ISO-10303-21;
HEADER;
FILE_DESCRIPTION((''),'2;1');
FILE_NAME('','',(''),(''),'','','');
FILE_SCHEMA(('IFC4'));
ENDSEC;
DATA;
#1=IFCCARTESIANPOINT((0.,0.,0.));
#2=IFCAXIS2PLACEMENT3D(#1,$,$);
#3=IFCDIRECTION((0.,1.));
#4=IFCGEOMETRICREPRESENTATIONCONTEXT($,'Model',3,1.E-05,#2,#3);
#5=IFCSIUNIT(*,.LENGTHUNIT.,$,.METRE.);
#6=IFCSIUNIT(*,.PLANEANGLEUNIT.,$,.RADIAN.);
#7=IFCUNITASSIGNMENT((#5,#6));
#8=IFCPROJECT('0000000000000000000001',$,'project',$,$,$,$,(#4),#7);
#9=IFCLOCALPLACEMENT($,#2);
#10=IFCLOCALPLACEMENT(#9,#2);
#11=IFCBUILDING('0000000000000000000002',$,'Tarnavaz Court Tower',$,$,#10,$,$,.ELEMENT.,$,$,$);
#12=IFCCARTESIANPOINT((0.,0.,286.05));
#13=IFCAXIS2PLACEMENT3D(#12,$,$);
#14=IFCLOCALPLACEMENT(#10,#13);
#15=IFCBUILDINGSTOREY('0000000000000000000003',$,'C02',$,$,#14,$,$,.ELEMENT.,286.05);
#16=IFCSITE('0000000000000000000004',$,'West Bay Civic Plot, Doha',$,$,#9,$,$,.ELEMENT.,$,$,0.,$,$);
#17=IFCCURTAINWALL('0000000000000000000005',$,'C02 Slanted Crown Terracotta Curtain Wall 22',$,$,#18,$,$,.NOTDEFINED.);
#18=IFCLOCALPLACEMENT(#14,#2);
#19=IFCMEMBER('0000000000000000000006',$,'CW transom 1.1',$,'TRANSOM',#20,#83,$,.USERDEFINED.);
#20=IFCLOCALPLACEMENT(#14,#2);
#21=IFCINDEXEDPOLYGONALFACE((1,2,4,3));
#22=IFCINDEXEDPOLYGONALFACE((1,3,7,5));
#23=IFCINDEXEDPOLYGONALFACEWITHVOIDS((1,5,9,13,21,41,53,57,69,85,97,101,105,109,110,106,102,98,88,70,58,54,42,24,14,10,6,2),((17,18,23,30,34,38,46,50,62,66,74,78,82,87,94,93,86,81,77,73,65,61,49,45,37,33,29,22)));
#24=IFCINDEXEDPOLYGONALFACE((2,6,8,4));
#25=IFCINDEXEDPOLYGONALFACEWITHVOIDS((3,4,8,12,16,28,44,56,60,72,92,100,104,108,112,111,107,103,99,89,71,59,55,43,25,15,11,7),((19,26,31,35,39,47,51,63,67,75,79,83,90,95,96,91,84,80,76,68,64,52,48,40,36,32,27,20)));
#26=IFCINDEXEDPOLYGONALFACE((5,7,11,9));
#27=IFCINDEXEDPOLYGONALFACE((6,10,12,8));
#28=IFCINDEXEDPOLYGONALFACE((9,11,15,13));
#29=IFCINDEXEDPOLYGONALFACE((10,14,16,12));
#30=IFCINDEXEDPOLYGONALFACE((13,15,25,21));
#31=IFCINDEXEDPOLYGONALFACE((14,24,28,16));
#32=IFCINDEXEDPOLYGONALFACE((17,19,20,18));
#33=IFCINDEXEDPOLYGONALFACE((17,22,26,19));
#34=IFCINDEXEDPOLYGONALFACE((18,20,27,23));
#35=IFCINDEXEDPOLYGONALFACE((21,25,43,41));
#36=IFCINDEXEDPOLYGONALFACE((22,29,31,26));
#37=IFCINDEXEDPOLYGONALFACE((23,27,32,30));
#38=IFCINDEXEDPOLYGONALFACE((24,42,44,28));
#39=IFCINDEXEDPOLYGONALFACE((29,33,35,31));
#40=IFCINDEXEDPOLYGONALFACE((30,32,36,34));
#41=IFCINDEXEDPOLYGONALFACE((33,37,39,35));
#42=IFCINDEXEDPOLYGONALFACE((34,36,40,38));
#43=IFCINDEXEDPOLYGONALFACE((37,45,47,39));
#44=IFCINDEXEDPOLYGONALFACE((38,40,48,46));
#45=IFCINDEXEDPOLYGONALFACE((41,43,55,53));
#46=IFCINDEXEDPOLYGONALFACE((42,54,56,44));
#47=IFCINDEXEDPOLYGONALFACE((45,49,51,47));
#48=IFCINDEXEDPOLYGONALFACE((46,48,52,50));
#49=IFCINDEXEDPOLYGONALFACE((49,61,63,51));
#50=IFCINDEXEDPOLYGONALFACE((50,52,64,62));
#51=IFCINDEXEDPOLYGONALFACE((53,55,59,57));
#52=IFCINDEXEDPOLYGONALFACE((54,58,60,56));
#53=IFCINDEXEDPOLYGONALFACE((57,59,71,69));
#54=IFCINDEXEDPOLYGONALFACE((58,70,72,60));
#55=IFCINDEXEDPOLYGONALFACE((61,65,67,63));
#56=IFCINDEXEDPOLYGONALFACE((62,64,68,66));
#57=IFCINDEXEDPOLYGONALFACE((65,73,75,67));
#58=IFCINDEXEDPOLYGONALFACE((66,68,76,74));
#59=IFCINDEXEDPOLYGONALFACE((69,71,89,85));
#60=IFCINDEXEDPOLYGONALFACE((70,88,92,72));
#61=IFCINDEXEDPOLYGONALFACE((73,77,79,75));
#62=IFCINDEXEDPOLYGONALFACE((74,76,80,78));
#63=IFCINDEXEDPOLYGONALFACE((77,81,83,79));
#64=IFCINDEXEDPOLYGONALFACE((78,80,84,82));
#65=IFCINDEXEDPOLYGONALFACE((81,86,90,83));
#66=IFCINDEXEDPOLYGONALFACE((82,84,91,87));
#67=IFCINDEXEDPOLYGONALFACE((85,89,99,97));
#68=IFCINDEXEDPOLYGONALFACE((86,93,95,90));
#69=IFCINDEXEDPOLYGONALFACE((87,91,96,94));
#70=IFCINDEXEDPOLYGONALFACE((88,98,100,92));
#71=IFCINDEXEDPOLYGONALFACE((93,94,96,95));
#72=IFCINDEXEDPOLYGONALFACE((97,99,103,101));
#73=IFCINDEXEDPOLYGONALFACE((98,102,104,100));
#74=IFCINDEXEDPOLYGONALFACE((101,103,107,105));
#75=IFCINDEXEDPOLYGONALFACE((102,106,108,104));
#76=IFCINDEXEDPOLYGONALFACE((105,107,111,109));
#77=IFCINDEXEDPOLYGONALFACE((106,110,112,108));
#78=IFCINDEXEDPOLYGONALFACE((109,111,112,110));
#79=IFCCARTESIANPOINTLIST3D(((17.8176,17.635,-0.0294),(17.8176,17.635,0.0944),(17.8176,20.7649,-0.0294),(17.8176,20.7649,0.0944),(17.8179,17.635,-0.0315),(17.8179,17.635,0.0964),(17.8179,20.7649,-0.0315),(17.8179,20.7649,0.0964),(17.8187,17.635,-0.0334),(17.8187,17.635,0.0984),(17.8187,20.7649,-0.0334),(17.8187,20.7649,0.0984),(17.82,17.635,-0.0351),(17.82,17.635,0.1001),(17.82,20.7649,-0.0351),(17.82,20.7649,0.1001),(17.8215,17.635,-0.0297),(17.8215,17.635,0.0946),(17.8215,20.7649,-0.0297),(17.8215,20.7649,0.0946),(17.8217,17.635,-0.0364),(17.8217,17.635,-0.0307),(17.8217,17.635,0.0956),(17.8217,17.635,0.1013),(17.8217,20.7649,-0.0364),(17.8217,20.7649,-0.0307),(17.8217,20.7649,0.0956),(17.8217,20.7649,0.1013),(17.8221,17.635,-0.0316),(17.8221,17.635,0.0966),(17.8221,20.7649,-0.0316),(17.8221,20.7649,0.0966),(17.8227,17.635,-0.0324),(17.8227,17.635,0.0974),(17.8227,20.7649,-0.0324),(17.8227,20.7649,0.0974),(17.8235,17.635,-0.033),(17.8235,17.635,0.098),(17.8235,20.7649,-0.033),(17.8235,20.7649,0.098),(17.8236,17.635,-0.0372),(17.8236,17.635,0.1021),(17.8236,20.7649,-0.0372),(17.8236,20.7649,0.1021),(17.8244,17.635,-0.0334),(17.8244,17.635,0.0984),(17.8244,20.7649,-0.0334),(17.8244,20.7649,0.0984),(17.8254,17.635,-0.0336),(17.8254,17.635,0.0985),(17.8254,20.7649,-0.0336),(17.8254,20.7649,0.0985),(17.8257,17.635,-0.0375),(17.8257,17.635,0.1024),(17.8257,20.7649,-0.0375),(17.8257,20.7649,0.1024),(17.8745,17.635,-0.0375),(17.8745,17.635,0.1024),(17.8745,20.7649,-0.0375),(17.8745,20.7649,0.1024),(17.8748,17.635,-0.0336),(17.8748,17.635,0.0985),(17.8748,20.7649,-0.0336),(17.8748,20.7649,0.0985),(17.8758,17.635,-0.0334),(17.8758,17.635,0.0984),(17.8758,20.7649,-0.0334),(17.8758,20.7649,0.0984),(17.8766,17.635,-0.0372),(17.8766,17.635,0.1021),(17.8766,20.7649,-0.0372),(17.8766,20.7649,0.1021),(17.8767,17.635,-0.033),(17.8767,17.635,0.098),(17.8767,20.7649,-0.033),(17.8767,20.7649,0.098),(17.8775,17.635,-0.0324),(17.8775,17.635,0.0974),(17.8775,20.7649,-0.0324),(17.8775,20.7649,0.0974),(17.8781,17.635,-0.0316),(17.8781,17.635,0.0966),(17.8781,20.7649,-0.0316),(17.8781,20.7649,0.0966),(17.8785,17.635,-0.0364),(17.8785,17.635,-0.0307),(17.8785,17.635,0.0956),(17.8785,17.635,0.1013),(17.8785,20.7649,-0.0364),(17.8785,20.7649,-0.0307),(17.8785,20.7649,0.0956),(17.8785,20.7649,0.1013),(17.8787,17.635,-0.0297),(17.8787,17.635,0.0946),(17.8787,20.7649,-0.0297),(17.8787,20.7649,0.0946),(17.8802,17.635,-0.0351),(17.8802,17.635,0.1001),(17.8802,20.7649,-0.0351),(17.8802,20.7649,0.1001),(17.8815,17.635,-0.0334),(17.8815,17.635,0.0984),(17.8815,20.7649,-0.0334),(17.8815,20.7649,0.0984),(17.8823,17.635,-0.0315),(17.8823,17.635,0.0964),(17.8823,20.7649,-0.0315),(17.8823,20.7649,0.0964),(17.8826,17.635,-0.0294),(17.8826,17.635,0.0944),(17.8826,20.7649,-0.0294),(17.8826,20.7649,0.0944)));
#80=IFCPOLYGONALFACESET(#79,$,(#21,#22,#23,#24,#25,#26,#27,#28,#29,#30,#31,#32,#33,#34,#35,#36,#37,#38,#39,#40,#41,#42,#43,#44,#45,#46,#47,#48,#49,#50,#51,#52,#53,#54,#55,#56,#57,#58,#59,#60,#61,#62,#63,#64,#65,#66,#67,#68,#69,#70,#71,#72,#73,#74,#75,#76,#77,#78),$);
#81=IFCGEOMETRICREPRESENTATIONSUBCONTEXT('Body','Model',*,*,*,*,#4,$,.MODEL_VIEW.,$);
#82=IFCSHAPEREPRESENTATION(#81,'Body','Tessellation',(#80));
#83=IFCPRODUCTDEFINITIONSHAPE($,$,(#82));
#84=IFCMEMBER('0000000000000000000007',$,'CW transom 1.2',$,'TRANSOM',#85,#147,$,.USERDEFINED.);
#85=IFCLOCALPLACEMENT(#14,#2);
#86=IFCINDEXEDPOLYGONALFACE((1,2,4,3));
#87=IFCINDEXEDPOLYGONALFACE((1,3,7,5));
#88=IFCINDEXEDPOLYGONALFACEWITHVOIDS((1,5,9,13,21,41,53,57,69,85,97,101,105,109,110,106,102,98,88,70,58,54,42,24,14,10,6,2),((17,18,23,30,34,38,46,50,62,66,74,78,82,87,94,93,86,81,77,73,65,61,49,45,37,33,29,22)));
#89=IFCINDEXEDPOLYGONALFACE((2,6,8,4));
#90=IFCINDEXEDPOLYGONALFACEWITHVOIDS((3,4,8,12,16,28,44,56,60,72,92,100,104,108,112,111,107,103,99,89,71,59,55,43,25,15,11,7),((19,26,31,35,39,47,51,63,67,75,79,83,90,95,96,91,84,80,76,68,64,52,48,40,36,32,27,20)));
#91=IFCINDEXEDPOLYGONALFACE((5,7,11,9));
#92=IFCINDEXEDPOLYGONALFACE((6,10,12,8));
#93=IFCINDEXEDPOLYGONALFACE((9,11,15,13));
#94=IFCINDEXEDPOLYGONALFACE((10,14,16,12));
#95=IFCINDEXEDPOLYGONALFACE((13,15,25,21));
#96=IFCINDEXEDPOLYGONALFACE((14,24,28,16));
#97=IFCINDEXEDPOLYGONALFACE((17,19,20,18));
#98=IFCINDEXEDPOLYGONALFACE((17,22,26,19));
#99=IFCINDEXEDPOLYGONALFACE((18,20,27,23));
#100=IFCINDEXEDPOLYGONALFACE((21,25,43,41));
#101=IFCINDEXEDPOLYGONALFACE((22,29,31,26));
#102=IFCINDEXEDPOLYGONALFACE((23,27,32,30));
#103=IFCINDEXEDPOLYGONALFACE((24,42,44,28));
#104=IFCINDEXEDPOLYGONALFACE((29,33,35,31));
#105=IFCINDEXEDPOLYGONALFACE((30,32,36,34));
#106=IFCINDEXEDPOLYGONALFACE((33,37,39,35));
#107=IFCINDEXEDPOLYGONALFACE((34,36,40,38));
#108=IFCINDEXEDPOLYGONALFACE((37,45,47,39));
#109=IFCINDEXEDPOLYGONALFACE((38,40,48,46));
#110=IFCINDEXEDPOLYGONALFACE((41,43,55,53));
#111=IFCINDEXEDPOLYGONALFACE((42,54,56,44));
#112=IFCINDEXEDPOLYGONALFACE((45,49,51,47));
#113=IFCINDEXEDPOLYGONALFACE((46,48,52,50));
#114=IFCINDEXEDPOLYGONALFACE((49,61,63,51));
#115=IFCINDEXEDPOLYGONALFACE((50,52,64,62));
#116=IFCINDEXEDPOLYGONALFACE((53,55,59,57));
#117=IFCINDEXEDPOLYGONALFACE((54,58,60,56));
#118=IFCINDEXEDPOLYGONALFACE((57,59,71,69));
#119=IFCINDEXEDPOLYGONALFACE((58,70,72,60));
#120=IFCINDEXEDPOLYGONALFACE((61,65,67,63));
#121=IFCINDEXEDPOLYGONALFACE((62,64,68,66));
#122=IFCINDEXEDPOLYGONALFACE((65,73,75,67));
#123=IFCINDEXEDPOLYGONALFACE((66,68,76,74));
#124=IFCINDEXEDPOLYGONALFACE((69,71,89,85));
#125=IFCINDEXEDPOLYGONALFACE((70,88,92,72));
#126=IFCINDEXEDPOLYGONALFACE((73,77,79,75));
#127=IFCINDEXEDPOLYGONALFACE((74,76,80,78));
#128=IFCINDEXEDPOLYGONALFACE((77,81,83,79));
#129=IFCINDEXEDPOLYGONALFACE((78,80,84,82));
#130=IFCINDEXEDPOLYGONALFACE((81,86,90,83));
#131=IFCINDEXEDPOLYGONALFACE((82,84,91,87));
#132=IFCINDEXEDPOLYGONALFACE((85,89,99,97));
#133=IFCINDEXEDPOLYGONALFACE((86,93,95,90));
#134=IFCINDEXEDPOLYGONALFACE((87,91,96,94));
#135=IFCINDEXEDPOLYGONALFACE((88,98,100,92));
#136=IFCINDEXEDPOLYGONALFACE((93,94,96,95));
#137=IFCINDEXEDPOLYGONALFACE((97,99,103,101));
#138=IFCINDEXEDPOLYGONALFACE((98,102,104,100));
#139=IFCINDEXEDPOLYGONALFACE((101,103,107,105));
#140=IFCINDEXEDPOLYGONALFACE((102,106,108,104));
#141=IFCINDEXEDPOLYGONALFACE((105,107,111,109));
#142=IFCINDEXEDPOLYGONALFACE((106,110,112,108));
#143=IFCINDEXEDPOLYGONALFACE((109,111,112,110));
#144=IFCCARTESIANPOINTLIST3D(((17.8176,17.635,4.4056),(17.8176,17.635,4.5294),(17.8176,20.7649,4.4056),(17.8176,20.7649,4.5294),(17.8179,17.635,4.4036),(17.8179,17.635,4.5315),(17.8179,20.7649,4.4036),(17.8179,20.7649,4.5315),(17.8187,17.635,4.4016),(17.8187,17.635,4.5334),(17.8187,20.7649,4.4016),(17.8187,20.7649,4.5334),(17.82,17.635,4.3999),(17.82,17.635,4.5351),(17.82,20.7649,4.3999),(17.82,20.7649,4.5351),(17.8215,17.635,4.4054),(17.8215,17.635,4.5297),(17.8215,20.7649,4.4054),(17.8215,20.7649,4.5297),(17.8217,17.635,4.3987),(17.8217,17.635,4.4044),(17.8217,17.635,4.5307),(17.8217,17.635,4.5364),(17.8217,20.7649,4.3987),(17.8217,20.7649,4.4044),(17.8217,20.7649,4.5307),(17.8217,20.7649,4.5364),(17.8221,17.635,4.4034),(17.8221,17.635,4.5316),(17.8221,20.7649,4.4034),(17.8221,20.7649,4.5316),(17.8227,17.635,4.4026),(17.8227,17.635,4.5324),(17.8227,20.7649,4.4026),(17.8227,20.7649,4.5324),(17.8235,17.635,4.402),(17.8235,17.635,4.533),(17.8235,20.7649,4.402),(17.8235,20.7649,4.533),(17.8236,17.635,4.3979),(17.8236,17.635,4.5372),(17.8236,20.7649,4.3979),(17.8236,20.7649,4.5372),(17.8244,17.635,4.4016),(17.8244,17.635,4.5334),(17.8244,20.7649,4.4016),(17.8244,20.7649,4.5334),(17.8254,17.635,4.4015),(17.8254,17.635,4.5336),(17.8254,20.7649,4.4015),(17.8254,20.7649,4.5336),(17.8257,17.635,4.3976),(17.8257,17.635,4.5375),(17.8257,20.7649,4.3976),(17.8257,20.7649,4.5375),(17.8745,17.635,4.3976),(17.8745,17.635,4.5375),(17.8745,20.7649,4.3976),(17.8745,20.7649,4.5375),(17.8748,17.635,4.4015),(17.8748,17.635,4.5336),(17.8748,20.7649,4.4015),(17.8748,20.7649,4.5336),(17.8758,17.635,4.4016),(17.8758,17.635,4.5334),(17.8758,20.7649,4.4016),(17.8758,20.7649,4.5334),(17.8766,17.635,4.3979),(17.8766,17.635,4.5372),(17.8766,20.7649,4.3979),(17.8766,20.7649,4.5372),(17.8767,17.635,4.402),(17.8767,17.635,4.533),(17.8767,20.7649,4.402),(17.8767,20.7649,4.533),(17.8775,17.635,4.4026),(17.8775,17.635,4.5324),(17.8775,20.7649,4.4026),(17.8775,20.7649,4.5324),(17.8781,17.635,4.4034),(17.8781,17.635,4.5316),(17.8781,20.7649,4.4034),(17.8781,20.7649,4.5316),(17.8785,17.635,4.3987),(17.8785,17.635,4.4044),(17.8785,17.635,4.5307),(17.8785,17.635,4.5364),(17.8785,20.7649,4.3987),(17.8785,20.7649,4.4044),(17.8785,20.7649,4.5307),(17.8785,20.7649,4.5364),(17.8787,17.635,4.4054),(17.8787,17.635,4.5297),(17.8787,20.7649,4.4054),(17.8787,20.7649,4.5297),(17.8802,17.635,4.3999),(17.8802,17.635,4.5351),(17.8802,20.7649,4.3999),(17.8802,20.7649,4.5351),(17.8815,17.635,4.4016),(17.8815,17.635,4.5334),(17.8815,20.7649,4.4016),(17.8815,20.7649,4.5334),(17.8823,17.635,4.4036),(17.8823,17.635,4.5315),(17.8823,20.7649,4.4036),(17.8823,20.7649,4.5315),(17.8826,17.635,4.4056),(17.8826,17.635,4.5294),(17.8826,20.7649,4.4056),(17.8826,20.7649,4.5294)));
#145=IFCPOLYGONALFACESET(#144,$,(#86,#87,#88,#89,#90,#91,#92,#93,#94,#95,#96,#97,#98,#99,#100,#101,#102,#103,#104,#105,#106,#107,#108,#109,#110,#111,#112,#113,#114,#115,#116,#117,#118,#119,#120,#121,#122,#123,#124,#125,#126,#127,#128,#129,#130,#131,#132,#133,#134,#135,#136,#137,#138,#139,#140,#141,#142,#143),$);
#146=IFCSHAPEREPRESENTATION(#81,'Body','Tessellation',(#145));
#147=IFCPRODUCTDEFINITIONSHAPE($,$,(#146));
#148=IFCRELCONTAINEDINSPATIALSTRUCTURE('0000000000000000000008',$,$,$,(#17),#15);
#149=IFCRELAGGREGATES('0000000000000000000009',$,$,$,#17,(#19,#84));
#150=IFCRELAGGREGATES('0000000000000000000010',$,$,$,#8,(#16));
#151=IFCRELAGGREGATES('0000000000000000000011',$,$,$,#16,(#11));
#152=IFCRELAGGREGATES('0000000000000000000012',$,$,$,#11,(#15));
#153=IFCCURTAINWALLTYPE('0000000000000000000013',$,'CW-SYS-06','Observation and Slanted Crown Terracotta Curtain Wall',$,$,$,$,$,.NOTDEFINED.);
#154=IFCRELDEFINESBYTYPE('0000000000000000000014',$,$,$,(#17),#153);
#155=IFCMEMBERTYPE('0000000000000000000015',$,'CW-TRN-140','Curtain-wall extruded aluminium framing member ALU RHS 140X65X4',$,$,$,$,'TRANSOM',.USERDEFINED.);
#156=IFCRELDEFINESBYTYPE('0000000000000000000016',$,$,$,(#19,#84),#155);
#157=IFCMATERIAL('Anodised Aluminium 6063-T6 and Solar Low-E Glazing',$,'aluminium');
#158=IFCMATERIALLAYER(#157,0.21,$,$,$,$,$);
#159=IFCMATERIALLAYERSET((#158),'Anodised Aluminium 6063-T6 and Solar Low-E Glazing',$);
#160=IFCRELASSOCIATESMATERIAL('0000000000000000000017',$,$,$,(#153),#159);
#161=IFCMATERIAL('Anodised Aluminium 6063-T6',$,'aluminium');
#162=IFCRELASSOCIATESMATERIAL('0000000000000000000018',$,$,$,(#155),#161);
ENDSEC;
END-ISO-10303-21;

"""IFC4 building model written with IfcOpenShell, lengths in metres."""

from ifc_helpers import new_model, si_unit, direction, frame, origin, origin_2d, place, context, subcontext, project, spatial, hollow_rectangle, extrude, material, layer, layer_set, material_profile, profile_set, type_object, element, aggregate, save


model = new_model("IFC4")

# Units and contexts
model_context = context("Model", 3, precision=1e-05, world=origin(), true_north=direction((0.0, 1.0)))
body_context = subcontext(model_context, "Body", "Model", "MODEL_VIEW")
ifc_project = project(units=[si_unit("LENGTHUNIT", "METRE"), si_unit("PLANEANGLEUNIT", "RADIAN")], contexts=[model_context])

# Site, building, storey
site_placement = place(None, origin())
site = spatial("IfcSite", under=ifc_project, at=site_placement, Name="West Bay Civic Plot, Doha", CompositionType="ELEMENT", RefElevation=0.0)
building_placement = place(site_placement, origin())
building = spatial("IfcBuilding", under=site, at=building_placement, Name="Tarnavaz Court Tower", CompositionType="ELEMENT")
storey_placement = place(building_placement, frame((0.0, 0.0, 286.05)))
storey = spatial("IfcBuildingStorey", under=building, at=storey_placement, Name="C02", CompositionType="ELEMENT", Elevation=286.05)

# Shared definitions
ifc_material_1 = material(Name="Anodised Aluminium 6063-T6 and Solar Low-E Glazing", Category="aluminium")
ifc_layer_1 = layer(ifc_material_1, 0.21)
ifc_layer_set_1 = layer_set([ifc_layer_1], Name="Anodised Aluminium 6063-T6 and Solar Low-E Glazing")
curtain_wall_type = type_object("IfcCurtainWallType", Name="CW-SYS-06", Description="Observation and Slanted Crown Terracotta Curtain Wall", PredefinedType="NOTDEFINED", material=ifc_layer_set_1)
ifc_material_2 = material(Name="Anodised Aluminium 6063-T6", Category="aluminium")

# Curtain wall
curtain_wall_1_placement = place(storey_placement, origin())
curtain_wall_1 = element("IfcCurtainWall", 1, at=curtain_wall_1_placement, inside=storey, type_object=curtain_wall_type, Name="C02 Slanted Crown Terracotta Curtain Wall 22", PredefinedType="NOTDEFINED")

# Members
ifc_material_profile_1 = material_profile(ifc_material_2, hollow_rectangle(XDim=0.0649, YDim=0.1399, WallThickness=0.0039, InnerFilletRadius=0.0039, OuterFilletRadius=0.0081, at=origin_2d()), Name="ALU RHS 140X65X4")
ifc_profile_set_1 = profile_set([ifc_material_profile_1], Name="Anodised Aluminium 6063-T6")
member_type_1 = type_object("IfcMemberType", Name="CW-TRN-140", Description="Curtain-wall extruded aluminium framing member ALU RHS 140X65X4", ElementType="TRANSOM", PredefinedType="USERDEFINED", material=ifc_profile_set_1)
member_1_placement = place(storey_placement, frame((17.8501, 20.7649, 0.0325), z_axis=(0.0, -1.0, 0.0), x_axis=(1.0, 0.0, 0.0)))
member_1 = element("IfcMember", 2, at=member_1_placement, type_object=member_type_1, Name="CW transom 1.1", ObjectType="TRANSOM", PredefinedType="USERDEFINED", context=body_context, shape_type="SweptSolid", body=[
    extrude(hollow_rectangle(XDim=0.0649, YDim=0.1399, WallThickness=0.0039, InnerFilletRadius=0.0039, OuterFilletRadius=0.0081, at=origin_2d()), origin(), (0.0, 0.0, 1.0), 3.1299),
])
member_2_placement = place(storey_placement, frame((17.8501, 20.7649, 4.4675), z_axis=(0.0, -1.0, 0.0), x_axis=(1.0, 0.0, 0.0)))
member_2 = element("IfcMember", 3, at=member_2_placement, type_object=member_type_1, Name="CW transom 1.2", ObjectType="TRANSOM", PredefinedType="USERDEFINED", context=body_context, shape_type="SweptSolid", body=[
    extrude(hollow_rectangle(XDim=0.0649, YDim=0.1399, WallThickness=0.0039, InnerFilletRadius=0.0039, OuterFilletRadius=0.0081, at=origin_2d()), origin(), (0.0, 0.0, 1.0), 3.1299),
])

aggregate(curtain_wall_1, [member_1, member_2])

save(model, "model.ifc")
